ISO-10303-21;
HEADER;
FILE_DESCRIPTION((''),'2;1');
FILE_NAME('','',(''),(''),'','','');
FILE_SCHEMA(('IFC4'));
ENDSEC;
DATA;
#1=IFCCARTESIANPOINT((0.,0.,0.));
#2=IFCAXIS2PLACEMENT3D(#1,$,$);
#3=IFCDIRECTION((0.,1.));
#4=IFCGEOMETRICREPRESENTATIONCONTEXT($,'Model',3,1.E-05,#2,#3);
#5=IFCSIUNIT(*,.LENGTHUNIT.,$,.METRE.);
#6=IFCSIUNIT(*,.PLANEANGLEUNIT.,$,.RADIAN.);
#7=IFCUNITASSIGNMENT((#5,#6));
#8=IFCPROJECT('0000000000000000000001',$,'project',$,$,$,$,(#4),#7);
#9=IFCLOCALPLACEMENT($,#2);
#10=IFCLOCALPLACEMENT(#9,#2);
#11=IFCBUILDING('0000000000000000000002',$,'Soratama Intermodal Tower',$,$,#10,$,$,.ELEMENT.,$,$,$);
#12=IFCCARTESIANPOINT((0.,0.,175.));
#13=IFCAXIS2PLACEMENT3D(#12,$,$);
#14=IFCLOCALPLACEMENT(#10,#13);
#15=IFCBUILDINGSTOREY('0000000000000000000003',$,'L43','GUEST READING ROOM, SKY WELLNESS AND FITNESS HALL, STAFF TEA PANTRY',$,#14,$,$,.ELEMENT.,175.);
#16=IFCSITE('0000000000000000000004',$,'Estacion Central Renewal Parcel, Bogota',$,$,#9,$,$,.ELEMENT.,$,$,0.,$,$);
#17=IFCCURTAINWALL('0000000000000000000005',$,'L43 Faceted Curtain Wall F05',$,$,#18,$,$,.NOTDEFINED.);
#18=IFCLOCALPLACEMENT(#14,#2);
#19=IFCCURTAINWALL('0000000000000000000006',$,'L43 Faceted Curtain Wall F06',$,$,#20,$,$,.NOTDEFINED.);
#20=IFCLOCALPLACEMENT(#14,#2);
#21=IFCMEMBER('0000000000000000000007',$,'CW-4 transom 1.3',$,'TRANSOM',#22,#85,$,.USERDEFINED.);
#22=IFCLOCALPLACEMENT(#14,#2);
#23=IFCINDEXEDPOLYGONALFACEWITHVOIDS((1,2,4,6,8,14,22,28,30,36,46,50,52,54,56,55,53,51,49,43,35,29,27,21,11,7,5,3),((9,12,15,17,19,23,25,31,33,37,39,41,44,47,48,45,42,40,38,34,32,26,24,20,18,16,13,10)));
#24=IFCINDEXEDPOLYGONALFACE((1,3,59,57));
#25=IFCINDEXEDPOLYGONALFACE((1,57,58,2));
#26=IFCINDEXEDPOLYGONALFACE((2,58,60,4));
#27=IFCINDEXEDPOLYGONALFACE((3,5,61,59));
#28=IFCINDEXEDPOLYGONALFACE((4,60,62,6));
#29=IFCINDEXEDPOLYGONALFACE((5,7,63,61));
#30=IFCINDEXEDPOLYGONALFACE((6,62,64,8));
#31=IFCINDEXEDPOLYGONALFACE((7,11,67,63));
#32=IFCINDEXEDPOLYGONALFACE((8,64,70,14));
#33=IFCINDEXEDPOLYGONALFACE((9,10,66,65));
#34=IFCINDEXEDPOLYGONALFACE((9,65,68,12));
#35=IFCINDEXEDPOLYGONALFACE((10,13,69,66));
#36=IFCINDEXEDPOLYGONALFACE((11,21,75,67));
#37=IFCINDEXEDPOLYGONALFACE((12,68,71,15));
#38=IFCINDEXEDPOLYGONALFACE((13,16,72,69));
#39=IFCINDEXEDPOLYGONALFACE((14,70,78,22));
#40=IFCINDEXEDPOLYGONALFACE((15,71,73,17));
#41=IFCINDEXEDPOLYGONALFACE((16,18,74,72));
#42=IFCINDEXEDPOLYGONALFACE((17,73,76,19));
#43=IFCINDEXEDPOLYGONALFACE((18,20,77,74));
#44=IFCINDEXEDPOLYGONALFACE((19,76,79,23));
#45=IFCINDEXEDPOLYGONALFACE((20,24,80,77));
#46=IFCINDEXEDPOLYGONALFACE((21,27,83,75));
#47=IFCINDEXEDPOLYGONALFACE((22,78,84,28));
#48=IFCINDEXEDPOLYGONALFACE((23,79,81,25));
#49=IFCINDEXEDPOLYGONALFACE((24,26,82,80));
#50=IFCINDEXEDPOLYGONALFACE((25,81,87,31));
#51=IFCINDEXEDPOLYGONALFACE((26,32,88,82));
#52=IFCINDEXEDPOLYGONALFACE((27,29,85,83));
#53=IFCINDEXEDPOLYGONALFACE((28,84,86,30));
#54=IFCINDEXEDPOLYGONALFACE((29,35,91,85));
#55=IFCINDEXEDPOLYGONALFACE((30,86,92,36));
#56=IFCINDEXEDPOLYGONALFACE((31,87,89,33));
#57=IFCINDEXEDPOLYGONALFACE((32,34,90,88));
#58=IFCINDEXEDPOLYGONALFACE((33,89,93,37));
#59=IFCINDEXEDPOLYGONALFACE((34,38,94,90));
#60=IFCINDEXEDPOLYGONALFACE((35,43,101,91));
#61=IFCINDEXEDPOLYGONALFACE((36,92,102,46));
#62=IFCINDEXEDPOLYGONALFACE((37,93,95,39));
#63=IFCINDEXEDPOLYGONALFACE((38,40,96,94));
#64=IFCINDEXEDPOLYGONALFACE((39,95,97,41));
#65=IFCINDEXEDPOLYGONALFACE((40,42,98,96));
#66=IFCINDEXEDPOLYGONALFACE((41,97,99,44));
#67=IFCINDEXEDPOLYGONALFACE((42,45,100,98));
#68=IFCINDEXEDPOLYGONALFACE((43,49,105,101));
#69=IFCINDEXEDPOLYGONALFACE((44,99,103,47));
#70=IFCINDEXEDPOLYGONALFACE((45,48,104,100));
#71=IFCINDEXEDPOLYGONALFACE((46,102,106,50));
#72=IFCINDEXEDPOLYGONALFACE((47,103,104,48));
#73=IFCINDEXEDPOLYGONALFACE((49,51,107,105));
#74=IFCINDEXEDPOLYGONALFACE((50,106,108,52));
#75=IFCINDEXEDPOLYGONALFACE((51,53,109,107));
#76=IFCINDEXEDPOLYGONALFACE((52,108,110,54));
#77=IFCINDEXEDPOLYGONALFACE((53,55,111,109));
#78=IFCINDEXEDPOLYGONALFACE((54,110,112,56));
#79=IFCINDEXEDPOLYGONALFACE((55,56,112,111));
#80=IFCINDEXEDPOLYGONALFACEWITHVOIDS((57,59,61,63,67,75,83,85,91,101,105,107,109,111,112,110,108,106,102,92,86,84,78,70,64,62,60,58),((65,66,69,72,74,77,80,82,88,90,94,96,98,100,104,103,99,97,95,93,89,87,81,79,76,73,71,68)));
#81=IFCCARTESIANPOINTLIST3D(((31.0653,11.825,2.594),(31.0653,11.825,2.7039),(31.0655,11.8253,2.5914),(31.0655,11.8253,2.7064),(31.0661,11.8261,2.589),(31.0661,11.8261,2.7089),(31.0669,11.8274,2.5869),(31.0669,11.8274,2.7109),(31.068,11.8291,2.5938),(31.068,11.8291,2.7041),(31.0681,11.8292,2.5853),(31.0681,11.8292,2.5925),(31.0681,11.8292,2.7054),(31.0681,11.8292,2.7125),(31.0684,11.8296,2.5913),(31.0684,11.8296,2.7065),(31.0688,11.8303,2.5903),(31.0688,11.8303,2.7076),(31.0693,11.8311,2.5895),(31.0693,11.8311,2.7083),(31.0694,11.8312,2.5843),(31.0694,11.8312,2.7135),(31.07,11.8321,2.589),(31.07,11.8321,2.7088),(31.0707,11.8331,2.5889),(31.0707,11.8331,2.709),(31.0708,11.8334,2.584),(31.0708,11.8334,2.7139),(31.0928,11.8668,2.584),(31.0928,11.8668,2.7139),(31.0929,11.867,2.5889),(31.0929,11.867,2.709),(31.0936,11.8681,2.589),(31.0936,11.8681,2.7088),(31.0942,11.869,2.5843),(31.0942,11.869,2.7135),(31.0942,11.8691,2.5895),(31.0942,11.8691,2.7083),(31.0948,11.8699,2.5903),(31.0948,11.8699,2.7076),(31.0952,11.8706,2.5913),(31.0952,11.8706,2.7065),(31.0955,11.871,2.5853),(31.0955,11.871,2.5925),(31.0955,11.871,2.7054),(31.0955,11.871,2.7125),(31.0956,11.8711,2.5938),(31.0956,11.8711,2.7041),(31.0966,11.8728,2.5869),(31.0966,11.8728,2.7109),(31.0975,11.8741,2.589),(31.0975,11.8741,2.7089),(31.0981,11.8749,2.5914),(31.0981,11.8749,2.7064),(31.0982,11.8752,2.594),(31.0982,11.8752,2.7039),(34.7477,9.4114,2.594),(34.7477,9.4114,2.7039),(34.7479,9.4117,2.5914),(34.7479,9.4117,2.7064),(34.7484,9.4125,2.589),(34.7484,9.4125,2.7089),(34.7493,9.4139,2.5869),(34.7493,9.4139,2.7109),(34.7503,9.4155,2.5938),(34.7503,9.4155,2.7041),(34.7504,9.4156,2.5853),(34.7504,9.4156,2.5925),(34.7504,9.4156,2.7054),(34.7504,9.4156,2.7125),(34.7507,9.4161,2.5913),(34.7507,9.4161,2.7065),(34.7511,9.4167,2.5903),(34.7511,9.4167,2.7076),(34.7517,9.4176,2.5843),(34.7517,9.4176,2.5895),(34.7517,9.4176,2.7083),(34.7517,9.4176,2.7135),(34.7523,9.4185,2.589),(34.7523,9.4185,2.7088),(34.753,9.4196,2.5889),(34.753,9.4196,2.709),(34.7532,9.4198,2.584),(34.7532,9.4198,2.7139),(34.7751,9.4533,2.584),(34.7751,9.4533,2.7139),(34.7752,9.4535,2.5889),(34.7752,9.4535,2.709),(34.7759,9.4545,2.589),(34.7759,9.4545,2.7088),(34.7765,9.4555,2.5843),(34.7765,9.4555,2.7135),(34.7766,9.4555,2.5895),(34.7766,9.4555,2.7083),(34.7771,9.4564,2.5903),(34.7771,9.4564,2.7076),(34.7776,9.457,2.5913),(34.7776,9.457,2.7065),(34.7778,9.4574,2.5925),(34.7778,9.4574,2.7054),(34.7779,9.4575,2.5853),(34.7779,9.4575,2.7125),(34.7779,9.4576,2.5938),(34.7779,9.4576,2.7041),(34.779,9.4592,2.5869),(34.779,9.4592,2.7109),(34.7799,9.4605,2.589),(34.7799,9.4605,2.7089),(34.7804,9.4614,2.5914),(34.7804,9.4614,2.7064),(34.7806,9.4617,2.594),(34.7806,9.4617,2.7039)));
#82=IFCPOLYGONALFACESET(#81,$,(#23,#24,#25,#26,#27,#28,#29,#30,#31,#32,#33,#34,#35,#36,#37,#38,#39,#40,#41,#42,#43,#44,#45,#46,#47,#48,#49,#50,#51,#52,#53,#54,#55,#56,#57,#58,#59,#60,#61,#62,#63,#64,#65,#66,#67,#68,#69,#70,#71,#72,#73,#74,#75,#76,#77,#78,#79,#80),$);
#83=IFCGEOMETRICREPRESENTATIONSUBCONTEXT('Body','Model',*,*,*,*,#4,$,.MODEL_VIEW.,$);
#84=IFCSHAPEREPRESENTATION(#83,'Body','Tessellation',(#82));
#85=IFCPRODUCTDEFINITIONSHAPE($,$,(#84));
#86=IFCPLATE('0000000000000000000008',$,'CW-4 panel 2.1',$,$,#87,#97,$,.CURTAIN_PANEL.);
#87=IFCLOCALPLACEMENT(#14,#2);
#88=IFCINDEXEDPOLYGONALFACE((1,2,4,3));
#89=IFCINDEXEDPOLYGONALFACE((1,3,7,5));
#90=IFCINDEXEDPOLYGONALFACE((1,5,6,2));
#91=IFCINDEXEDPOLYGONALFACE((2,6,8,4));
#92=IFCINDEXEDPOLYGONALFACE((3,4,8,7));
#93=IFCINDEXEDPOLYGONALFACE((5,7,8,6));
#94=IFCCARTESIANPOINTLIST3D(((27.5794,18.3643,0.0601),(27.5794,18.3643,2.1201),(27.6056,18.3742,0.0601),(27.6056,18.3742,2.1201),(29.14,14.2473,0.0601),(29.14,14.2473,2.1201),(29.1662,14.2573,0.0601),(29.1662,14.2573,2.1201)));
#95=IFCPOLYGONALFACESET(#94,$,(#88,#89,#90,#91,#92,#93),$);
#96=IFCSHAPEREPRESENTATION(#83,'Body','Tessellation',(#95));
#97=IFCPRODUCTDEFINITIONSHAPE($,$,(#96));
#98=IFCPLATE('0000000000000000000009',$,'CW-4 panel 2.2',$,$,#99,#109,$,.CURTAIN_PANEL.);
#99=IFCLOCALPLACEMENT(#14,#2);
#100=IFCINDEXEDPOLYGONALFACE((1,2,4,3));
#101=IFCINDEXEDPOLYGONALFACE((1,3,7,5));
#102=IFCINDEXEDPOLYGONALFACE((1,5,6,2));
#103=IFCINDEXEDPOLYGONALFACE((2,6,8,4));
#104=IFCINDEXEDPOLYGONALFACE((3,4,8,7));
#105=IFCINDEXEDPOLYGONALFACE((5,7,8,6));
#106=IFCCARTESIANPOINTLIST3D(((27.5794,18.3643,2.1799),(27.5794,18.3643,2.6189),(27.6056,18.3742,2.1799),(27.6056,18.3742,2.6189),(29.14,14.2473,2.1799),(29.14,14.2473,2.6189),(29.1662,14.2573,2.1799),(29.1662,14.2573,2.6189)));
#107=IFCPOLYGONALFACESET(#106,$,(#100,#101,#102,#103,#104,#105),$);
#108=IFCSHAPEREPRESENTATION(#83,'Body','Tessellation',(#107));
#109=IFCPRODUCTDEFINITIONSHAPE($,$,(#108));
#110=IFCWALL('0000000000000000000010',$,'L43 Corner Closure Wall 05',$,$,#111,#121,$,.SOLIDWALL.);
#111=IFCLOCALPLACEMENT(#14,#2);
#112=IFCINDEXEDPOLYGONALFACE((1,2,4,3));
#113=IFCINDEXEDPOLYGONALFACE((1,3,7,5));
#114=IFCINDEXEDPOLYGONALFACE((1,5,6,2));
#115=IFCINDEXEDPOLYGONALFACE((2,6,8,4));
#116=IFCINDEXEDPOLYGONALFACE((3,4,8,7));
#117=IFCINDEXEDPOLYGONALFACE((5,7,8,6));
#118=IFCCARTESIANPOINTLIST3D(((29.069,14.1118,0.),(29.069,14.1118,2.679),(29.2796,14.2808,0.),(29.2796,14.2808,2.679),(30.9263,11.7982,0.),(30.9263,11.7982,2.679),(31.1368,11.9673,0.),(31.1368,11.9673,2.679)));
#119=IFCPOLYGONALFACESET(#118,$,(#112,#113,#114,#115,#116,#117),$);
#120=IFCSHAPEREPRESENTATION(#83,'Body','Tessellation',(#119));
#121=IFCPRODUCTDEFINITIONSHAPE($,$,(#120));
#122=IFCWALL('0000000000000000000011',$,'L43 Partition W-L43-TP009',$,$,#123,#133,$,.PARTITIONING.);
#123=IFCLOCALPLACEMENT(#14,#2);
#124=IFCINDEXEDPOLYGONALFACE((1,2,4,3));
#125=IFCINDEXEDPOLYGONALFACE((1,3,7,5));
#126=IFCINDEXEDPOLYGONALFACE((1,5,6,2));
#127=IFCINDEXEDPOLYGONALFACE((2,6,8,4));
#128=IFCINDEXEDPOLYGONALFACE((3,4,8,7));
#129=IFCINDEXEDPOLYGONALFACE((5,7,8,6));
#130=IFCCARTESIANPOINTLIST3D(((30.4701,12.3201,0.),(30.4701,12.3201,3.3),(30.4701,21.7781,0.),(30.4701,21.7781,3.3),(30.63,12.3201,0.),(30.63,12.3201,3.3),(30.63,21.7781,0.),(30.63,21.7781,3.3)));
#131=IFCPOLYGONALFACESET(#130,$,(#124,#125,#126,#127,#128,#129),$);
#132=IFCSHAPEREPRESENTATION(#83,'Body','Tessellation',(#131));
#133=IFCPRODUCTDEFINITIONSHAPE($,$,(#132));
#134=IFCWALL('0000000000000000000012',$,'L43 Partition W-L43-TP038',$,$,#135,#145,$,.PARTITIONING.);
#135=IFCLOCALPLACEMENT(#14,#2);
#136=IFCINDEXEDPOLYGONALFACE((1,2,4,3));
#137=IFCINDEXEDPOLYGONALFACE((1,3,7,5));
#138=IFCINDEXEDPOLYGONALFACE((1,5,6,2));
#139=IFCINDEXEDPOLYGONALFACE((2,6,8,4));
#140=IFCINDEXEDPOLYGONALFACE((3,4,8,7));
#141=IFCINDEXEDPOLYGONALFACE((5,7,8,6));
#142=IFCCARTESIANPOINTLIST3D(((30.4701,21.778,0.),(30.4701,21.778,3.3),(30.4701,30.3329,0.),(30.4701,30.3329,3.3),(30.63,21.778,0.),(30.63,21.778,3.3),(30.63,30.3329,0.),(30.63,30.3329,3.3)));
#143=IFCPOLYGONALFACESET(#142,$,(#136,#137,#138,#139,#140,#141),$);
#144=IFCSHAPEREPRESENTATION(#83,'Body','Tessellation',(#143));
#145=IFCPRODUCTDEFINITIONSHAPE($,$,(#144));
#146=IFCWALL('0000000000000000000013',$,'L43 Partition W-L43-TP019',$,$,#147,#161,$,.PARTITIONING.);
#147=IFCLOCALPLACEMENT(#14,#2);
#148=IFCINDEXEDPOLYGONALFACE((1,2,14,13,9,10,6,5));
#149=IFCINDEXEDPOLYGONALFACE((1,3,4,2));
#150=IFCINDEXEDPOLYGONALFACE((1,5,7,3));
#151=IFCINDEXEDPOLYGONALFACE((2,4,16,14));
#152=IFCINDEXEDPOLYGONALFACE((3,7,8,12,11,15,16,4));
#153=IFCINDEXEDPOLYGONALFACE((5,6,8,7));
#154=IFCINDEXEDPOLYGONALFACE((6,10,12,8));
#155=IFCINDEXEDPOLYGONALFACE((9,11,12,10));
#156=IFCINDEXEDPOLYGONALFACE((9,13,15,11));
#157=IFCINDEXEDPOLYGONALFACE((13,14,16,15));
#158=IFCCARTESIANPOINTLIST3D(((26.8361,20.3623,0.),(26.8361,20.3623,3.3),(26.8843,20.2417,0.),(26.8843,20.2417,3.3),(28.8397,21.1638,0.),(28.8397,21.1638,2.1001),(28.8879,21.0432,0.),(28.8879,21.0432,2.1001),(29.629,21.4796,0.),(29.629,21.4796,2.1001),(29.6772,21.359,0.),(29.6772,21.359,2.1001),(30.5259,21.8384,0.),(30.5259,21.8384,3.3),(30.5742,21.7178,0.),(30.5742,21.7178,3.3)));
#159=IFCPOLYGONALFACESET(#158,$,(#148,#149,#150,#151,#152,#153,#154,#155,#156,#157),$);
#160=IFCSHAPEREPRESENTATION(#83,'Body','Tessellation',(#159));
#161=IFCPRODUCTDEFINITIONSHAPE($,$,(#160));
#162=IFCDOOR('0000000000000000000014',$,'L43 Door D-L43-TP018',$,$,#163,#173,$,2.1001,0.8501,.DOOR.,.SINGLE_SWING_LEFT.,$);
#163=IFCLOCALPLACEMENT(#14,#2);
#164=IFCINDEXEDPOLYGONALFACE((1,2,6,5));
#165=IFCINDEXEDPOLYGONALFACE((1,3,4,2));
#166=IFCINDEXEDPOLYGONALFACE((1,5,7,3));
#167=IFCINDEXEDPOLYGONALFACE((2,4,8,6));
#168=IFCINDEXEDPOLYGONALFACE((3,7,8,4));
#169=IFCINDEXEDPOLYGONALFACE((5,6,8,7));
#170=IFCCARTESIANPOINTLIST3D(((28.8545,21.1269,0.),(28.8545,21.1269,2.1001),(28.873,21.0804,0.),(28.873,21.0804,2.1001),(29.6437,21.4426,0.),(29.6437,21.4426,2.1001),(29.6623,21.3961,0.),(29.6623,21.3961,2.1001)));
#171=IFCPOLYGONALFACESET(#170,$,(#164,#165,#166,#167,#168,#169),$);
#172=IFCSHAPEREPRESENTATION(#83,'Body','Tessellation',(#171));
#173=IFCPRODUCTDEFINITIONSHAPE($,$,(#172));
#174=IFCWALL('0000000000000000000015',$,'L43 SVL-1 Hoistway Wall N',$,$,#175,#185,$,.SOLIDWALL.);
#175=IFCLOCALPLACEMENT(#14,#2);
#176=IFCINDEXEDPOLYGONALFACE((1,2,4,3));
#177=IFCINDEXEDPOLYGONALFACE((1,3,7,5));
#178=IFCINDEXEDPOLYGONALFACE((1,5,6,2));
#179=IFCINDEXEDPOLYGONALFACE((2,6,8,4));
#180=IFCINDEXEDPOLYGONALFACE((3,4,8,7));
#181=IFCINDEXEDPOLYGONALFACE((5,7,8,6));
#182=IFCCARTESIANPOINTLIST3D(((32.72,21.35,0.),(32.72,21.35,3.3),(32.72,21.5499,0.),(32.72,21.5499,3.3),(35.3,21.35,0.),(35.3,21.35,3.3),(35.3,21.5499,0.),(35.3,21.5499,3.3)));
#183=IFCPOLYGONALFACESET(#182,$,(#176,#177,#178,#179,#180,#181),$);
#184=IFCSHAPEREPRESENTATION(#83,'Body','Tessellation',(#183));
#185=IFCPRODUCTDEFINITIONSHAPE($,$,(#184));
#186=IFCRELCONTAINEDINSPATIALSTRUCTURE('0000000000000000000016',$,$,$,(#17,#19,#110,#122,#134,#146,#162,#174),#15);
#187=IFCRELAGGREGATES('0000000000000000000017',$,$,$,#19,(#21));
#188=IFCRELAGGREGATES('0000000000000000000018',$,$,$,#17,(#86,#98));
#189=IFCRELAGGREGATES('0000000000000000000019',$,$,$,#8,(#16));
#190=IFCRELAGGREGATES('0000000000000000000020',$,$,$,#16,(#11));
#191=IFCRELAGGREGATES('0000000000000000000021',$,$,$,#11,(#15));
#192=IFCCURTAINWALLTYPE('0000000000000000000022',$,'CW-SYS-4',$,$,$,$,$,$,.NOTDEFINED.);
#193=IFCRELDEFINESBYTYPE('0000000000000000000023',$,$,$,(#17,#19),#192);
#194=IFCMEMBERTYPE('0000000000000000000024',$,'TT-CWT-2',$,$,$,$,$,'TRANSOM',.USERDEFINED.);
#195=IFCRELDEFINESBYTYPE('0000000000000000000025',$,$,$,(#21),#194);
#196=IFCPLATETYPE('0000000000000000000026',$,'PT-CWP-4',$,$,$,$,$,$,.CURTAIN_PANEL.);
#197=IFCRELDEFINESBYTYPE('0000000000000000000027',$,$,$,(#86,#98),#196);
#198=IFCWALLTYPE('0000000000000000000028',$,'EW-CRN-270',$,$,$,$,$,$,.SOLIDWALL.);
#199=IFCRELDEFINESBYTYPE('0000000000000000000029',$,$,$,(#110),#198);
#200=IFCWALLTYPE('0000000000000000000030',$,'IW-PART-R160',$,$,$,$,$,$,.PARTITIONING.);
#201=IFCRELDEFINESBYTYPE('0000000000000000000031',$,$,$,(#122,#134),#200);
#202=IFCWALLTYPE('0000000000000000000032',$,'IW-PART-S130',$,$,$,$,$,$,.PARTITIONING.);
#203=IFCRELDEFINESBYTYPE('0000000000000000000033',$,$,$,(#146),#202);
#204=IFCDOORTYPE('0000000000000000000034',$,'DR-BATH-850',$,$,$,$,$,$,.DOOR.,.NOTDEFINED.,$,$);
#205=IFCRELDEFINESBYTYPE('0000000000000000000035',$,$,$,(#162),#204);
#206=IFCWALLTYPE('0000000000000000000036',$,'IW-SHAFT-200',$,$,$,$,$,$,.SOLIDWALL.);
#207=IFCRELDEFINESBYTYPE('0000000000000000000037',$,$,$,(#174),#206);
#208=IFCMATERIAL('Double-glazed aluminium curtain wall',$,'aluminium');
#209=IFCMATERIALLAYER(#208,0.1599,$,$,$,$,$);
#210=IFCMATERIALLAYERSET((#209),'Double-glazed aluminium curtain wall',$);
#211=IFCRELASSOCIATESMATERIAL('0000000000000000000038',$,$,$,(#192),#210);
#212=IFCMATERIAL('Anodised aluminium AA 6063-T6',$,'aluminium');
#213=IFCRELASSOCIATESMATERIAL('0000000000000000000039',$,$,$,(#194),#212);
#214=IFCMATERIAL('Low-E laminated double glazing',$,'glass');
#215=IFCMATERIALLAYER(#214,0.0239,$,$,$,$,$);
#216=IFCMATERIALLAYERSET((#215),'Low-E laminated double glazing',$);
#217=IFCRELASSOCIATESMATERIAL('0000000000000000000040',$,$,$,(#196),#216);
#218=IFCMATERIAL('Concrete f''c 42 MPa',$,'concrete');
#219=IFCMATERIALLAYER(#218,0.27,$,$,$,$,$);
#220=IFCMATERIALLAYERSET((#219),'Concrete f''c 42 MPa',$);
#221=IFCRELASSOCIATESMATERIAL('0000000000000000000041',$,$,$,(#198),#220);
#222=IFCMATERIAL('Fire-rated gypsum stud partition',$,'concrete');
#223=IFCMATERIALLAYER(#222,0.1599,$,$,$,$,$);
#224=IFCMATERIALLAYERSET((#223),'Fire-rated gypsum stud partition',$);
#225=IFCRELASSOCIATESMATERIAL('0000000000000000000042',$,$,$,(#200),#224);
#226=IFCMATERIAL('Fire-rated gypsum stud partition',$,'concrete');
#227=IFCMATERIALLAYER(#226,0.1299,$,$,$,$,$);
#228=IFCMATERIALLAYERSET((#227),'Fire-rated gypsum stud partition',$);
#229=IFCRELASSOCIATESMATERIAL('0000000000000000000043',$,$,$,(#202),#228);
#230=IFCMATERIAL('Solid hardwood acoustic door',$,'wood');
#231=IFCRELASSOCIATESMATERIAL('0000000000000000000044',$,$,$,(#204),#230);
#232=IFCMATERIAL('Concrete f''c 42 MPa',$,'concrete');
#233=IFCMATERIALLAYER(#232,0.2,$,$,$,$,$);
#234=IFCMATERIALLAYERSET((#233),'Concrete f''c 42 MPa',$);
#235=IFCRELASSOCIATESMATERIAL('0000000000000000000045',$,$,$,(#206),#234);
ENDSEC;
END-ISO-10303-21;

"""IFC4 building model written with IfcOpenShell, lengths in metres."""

from ifc_helpers import new_model, si_unit, direction, frame, frame_2d, origin, origin_2d, place, context, subcontext, project, spatial, rectangle, hollow_rectangle, extrude, material, layer, layer_set, material_profile, profile_set, type_object, element, fill, aggregate, save


model = new_model("IFC4")

# Units and contexts
model_context = context("Model", 3, precision=1e-05, world=origin(), true_north=direction((0.0, 1.0)))
body_context = subcontext(model_context, "Body", "Model", "MODEL_VIEW")
ifc_project = project(units=[si_unit("LENGTHUNIT", "METRE"), si_unit("PLANEANGLEUNIT", "RADIAN")], contexts=[model_context])

# Site, building, storey
site_placement = place(None, origin())
site = spatial("IfcSite", under=ifc_project, at=site_placement, Name="Estacion Central Renewal Parcel, Bogota", CompositionType="ELEMENT", RefElevation=0.0)
building_placement = place(site_placement, origin())
building = spatial("IfcBuilding", under=site, at=building_placement, Name="Soratama Intermodal Tower", CompositionType="ELEMENT")
storey_placement = place(building_placement, frame((0.0, 0.0, 175.0)))
storey = spatial("IfcBuildingStorey", under=building, at=storey_placement, Name="L43", Description="GUEST READING ROOM, SKY WELLNESS AND FITNESS HALL, STAFF TEA PANTRY", CompositionType="ELEMENT", Elevation=175.0)

# Curtain wall
ifc_material_1 = material(Name="Double-glazed aluminium curtain wall", Category="aluminium")
ifc_layer_1 = layer(ifc_material_1, 0.1599)
ifc_layer_set_1 = layer_set([ifc_layer_1], Name="Double-glazed aluminium curtain wall")
curtain_wall_type = type_object("IfcCurtainWallType", Name="CW-SYS-4", PredefinedType="NOTDEFINED", material=ifc_layer_set_1)
curtain_wall_1_placement = place(storey_placement, origin())
curtain_wall_1 = element("IfcCurtainWall", 1, at=curtain_wall_1_placement, inside=storey, type_object=curtain_wall_type, Name="L43 Faceted Curtain Wall F05", PredefinedType="NOTDEFINED")

# Curtain wall, member
curtain_wall_2_placement = place(storey_placement, origin())
curtain_wall_2 = element("IfcCurtainWall", 2, at=curtain_wall_2_placement, inside=storey, type_object=curtain_wall_type, Name="L43 Faceted Curtain Wall F06", PredefinedType="NOTDEFINED")
ifc_material_2 = material(Name="Anodised aluminium AA 6063-T6", Category="aluminium")
ifc_material_profile_1 = material_profile(ifc_material_2, hollow_rectangle(XDim=0.0601, YDim=0.1299, WallThickness=0.0049, InnerFilletRadius=0.0049, OuterFilletRadius=0.01, at=origin_2d()), Name="CWT130X60X5")
ifc_profile_set_1 = profile_set([ifc_material_profile_1], Name="Anodised aluminium AA 6063-T6")
member_type_1 = type_object("IfcMemberType", Name="TT-CWT-2", ElementType="TRANSOM", PredefinedType="USERDEFINED", material=ifc_profile_set_1)
member_1_placement = place(storey_placement, frame((31.0818, 11.8501, 2.6489), z_axis=(0.836359, -0.548183, 0.0), x_axis=(0.548183, 0.836359, 0.0)))
member_1 = element("IfcMember", 3, at=member_1_placement, type_object=member_type_1, Name="CW-4 transom 1.3", ObjectType="TRANSOM", PredefinedType="USERDEFINED", context=body_context, shape_type="SweptSolid", body=[
    extrude(hollow_rectangle(XDim=0.0601, YDim=0.1299, WallThickness=0.0049, InnerFilletRadius=0.0049, OuterFilletRadius=0.01, at=origin_2d()), origin(), (0.0, 0.0, 1.0), 4.4028),
])
aggregate(curtain_wall_2, [member_1])

# Plates
ifc_material_3 = material(Name="Low-E laminated double glazing", Category="glass")
ifc_layer_2 = layer(ifc_material_3, 0.0239)
ifc_layer_set_2 = layer_set([ifc_layer_2], Name="Low-E laminated double glazing")
plate_type = type_object("IfcPlateType", Name="PT-CWP-4", PredefinedType="CURTAIN_PANEL", material=ifc_layer_set_2)
plate_1_placement = place(storey_placement, frame((28.3728, 16.3108, 0.0601), z_axis=(0.0, 0.0, 1.0), x_axis=(0.354462, -0.935071, 0.0)))
plate_1 = element("IfcPlate", 4, at=plate_1_placement, type_object=plate_type, Name="CW-4 panel 2.1", PredefinedType="CURTAIN_PANEL", context=body_context, shape_type="SweptSolid", body=[
    extrude(rectangle(XDim=4.4028, YDim=0.0281, at=origin_2d()), origin(), (0.0, 0.0, 1.0), 2.0601),
])
plate_2_placement = place(storey_placement, frame((28.3728, 16.3108, 2.1799), z_axis=(0.0, 0.0, 1.0), x_axis=(0.354462, -0.935071, 0.0)))
plate_2 = element("IfcPlate", 5, at=plate_2_placement, type_object=plate_type, Name="CW-4 panel 2.2", PredefinedType="CURTAIN_PANEL", context=body_context, shape_type="SweptSolid", body=[
    extrude(rectangle(XDim=4.4028, YDim=0.0281, at=origin_2d()), origin(), (0.0, 0.0, 1.0), 0.439),
])
aggregate(curtain_wall_1, [plate_1, plate_2])

# Walls
ifc_material_4 = material(Name="Concrete f'c 42 MPa", Category="concrete")
ifc_layer_3 = layer(ifc_material_4, 0.27)
ifc_layer_set_3 = layer_set([ifc_layer_3], Name="Concrete f'c 42 MPa")
wall_type_1 = type_object("IfcWallType", Name="EW-CRN-270", PredefinedType="SOLIDWALL", material=ifc_layer_set_3)
wall_1_placement = place(storey_placement, frame((29.1743, 14.1963, 0.0), z_axis=(0.0, 0.0, 1.0), x_axis=(0.626009, -0.779816, 0.0)))
element("IfcWall", 6, at=wall_1_placement, inside=storey, type_object=wall_type_1, Name="L43 Corner Closure Wall 05", PredefinedType="SOLIDWALL", context=body_context, shape_type="SweptSolid", body=[
    extrude(rectangle(XDim=2.9668, YDim=0.27, at=frame_2d((1.4834, 0.0))), origin(), (0.0, 0.0, 1.0), 2.679),
])
ifc_material_5 = material(Name="Fire-rated gypsum stud partition", Category="concrete")
ifc_layer_4 = layer(ifc_material_5, 0.1599)
ifc_layer_set_4 = layer_set([ifc_layer_4], Name="Fire-rated gypsum stud partition")
wall_type_2 = type_object("IfcWallType", Name="IW-PART-R160", PredefinedType="PARTITIONING", material=ifc_layer_set_4)
wall_2_placement = place(storey_placement, frame((30.55, 12.3201, 0.0), z_axis=(0.0, 0.0, 1.0), x_axis=(0.0, 1.0, 0.0)))
element("IfcWall", 7, at=wall_2_placement, inside=storey, type_object=wall_type_2, Name="L43 Partition W-L43-TP009", PredefinedType="PARTITIONING", context=body_context, shape_type="SweptSolid", body=[
    extrude(rectangle(XDim=9.458, YDim=0.1599, at=frame_2d((4.729, 0.0))), origin(), (0.0, 0.0, 1.0), 3.3),
])
wall_3_placement = place(storey_placement, frame((30.55, 21.7781, 0.0), z_axis=(0.0, 0.0, 1.0), x_axis=(0.0, 1.0, 0.0)))
element("IfcWall", 8, at=wall_3_placement, inside=storey, type_object=wall_type_2, Name="L43 Partition W-L43-TP038", PredefinedType="PARTITIONING", context=body_context, shape_type="SweptSolid", body=[
    extrude(rectangle(XDim=8.5549, YDim=0.1599, at=frame_2d((4.2773, 0.0))), origin(), (0.0, 0.0, 1.0), 3.3),
])

# Wall, opening, door
ifc_material_6 = material(Name="Fire-rated gypsum stud partition", Category="concrete")
ifc_layer_5 = layer(ifc_material_6, 0.1299)
ifc_layer_set_5 = layer_set([ifc_layer_5], Name="Fire-rated gypsum stud partition")
wall_type_3 = type_object("IfcWallType", Name="IW-PART-S130", PredefinedType="PARTITIONING", material=ifc_layer_set_5)
wall_4_placement = place(storey_placement, frame((30.55, 21.7781, 0.0), z_axis=(0.0, 0.0, 1.0), x_axis=(-0.928468, -0.371412, 0.0)))
wall_4 = element("IfcWall", 9, at=wall_4_placement, inside=storey, type_object=wall_type_3, Name="L43 Partition W-L43-TP019", PredefinedType="PARTITIONING", context=body_context, shape_type="SweptSolid", body=[
    extrude(rectangle(XDim=3.9741, YDim=0.1299, at=frame_2d((1.9871, 0.0))), origin(), (0.0, 0.0, 1.0), 3.3),
])
opening_placement = place(wall_4_placement, frame((0.9661, 0.0, 0.0)))
opening = element("IfcOpeningElement", 10, at=opening_placement, cuts=wall_4, PredefinedType="OPENING", context=body_context, shape_type="SweptSolid", body=[
    extrude(rectangle(XDim=0.8501, YDim=2.1001, at=frame_2d((0.425, 1.05))), frame((0.0, 0.075, 0.0), z_axis=(0.0, -1.0, 0.0), x_axis=(1.0, 0.0, 0.0)), (0.0, 0.0, 1.0), 0.1499),
])
ifc_material_7 = material(Name="Solid hardwood acoustic door", Category="wood")
door_type = type_object("IfcDoorType", Name="DR-BATH-850", OperationType="NOTDEFINED", PredefinedType="DOOR", material=ifc_material_7)
door_placement = place(opening_placement, origin())
door = element("IfcDoor", 11, at=door_placement, inside=storey, type_object=door_type, Name="L43 Door D-L43-TP018", OperationType="SINGLE_SWING_LEFT", OverallHeight=2.1001, OverallWidth=0.8501, PredefinedType="DOOR", context=body_context, shape_type="SweptSolid", body=[
    extrude(rectangle(XDim=0.8501, YDim=2.1001, at=frame_2d((0.425, 1.05))), frame((0.0, 0.0249, 0.0), z_axis=(0.0, -1.0, 0.0), x_axis=(1.0, 0.0, 0.0)), (0.0, 0.0, 1.0), 0.05),
])
fill(opening, door)

# Wall
ifc_material_8 = material(Name="Concrete f'c 42 MPa", Category="concrete")
ifc_layer_6 = layer(ifc_material_8, 0.2)
ifc_layer_set_6 = layer_set([ifc_layer_6], Name="Concrete f'c 42 MPa")
wall_type_4 = type_object("IfcWallType", Name="IW-SHAFT-200", PredefinedType="SOLIDWALL", material=ifc_layer_set_6)
wall_5_placement = place(storey_placement, frame((32.72, 21.45, 0.0), z_axis=(0.0, 0.0, 1.0), x_axis=(1.0, 0.0, 0.0)))
element("IfcWall", 12, at=wall_5_placement, inside=storey, type_object=wall_type_4, Name="L43 SVL-1 Hoistway Wall N", PredefinedType="SOLIDWALL", context=body_context, shape_type="SweptSolid", body=[
    extrude(rectangle(XDim=2.5801, YDim=0.2, at=frame_2d((1.29, 0.0))), origin(), (0.0, 0.0, 1.0), 3.3),
])

save(model, "model.ifc")
